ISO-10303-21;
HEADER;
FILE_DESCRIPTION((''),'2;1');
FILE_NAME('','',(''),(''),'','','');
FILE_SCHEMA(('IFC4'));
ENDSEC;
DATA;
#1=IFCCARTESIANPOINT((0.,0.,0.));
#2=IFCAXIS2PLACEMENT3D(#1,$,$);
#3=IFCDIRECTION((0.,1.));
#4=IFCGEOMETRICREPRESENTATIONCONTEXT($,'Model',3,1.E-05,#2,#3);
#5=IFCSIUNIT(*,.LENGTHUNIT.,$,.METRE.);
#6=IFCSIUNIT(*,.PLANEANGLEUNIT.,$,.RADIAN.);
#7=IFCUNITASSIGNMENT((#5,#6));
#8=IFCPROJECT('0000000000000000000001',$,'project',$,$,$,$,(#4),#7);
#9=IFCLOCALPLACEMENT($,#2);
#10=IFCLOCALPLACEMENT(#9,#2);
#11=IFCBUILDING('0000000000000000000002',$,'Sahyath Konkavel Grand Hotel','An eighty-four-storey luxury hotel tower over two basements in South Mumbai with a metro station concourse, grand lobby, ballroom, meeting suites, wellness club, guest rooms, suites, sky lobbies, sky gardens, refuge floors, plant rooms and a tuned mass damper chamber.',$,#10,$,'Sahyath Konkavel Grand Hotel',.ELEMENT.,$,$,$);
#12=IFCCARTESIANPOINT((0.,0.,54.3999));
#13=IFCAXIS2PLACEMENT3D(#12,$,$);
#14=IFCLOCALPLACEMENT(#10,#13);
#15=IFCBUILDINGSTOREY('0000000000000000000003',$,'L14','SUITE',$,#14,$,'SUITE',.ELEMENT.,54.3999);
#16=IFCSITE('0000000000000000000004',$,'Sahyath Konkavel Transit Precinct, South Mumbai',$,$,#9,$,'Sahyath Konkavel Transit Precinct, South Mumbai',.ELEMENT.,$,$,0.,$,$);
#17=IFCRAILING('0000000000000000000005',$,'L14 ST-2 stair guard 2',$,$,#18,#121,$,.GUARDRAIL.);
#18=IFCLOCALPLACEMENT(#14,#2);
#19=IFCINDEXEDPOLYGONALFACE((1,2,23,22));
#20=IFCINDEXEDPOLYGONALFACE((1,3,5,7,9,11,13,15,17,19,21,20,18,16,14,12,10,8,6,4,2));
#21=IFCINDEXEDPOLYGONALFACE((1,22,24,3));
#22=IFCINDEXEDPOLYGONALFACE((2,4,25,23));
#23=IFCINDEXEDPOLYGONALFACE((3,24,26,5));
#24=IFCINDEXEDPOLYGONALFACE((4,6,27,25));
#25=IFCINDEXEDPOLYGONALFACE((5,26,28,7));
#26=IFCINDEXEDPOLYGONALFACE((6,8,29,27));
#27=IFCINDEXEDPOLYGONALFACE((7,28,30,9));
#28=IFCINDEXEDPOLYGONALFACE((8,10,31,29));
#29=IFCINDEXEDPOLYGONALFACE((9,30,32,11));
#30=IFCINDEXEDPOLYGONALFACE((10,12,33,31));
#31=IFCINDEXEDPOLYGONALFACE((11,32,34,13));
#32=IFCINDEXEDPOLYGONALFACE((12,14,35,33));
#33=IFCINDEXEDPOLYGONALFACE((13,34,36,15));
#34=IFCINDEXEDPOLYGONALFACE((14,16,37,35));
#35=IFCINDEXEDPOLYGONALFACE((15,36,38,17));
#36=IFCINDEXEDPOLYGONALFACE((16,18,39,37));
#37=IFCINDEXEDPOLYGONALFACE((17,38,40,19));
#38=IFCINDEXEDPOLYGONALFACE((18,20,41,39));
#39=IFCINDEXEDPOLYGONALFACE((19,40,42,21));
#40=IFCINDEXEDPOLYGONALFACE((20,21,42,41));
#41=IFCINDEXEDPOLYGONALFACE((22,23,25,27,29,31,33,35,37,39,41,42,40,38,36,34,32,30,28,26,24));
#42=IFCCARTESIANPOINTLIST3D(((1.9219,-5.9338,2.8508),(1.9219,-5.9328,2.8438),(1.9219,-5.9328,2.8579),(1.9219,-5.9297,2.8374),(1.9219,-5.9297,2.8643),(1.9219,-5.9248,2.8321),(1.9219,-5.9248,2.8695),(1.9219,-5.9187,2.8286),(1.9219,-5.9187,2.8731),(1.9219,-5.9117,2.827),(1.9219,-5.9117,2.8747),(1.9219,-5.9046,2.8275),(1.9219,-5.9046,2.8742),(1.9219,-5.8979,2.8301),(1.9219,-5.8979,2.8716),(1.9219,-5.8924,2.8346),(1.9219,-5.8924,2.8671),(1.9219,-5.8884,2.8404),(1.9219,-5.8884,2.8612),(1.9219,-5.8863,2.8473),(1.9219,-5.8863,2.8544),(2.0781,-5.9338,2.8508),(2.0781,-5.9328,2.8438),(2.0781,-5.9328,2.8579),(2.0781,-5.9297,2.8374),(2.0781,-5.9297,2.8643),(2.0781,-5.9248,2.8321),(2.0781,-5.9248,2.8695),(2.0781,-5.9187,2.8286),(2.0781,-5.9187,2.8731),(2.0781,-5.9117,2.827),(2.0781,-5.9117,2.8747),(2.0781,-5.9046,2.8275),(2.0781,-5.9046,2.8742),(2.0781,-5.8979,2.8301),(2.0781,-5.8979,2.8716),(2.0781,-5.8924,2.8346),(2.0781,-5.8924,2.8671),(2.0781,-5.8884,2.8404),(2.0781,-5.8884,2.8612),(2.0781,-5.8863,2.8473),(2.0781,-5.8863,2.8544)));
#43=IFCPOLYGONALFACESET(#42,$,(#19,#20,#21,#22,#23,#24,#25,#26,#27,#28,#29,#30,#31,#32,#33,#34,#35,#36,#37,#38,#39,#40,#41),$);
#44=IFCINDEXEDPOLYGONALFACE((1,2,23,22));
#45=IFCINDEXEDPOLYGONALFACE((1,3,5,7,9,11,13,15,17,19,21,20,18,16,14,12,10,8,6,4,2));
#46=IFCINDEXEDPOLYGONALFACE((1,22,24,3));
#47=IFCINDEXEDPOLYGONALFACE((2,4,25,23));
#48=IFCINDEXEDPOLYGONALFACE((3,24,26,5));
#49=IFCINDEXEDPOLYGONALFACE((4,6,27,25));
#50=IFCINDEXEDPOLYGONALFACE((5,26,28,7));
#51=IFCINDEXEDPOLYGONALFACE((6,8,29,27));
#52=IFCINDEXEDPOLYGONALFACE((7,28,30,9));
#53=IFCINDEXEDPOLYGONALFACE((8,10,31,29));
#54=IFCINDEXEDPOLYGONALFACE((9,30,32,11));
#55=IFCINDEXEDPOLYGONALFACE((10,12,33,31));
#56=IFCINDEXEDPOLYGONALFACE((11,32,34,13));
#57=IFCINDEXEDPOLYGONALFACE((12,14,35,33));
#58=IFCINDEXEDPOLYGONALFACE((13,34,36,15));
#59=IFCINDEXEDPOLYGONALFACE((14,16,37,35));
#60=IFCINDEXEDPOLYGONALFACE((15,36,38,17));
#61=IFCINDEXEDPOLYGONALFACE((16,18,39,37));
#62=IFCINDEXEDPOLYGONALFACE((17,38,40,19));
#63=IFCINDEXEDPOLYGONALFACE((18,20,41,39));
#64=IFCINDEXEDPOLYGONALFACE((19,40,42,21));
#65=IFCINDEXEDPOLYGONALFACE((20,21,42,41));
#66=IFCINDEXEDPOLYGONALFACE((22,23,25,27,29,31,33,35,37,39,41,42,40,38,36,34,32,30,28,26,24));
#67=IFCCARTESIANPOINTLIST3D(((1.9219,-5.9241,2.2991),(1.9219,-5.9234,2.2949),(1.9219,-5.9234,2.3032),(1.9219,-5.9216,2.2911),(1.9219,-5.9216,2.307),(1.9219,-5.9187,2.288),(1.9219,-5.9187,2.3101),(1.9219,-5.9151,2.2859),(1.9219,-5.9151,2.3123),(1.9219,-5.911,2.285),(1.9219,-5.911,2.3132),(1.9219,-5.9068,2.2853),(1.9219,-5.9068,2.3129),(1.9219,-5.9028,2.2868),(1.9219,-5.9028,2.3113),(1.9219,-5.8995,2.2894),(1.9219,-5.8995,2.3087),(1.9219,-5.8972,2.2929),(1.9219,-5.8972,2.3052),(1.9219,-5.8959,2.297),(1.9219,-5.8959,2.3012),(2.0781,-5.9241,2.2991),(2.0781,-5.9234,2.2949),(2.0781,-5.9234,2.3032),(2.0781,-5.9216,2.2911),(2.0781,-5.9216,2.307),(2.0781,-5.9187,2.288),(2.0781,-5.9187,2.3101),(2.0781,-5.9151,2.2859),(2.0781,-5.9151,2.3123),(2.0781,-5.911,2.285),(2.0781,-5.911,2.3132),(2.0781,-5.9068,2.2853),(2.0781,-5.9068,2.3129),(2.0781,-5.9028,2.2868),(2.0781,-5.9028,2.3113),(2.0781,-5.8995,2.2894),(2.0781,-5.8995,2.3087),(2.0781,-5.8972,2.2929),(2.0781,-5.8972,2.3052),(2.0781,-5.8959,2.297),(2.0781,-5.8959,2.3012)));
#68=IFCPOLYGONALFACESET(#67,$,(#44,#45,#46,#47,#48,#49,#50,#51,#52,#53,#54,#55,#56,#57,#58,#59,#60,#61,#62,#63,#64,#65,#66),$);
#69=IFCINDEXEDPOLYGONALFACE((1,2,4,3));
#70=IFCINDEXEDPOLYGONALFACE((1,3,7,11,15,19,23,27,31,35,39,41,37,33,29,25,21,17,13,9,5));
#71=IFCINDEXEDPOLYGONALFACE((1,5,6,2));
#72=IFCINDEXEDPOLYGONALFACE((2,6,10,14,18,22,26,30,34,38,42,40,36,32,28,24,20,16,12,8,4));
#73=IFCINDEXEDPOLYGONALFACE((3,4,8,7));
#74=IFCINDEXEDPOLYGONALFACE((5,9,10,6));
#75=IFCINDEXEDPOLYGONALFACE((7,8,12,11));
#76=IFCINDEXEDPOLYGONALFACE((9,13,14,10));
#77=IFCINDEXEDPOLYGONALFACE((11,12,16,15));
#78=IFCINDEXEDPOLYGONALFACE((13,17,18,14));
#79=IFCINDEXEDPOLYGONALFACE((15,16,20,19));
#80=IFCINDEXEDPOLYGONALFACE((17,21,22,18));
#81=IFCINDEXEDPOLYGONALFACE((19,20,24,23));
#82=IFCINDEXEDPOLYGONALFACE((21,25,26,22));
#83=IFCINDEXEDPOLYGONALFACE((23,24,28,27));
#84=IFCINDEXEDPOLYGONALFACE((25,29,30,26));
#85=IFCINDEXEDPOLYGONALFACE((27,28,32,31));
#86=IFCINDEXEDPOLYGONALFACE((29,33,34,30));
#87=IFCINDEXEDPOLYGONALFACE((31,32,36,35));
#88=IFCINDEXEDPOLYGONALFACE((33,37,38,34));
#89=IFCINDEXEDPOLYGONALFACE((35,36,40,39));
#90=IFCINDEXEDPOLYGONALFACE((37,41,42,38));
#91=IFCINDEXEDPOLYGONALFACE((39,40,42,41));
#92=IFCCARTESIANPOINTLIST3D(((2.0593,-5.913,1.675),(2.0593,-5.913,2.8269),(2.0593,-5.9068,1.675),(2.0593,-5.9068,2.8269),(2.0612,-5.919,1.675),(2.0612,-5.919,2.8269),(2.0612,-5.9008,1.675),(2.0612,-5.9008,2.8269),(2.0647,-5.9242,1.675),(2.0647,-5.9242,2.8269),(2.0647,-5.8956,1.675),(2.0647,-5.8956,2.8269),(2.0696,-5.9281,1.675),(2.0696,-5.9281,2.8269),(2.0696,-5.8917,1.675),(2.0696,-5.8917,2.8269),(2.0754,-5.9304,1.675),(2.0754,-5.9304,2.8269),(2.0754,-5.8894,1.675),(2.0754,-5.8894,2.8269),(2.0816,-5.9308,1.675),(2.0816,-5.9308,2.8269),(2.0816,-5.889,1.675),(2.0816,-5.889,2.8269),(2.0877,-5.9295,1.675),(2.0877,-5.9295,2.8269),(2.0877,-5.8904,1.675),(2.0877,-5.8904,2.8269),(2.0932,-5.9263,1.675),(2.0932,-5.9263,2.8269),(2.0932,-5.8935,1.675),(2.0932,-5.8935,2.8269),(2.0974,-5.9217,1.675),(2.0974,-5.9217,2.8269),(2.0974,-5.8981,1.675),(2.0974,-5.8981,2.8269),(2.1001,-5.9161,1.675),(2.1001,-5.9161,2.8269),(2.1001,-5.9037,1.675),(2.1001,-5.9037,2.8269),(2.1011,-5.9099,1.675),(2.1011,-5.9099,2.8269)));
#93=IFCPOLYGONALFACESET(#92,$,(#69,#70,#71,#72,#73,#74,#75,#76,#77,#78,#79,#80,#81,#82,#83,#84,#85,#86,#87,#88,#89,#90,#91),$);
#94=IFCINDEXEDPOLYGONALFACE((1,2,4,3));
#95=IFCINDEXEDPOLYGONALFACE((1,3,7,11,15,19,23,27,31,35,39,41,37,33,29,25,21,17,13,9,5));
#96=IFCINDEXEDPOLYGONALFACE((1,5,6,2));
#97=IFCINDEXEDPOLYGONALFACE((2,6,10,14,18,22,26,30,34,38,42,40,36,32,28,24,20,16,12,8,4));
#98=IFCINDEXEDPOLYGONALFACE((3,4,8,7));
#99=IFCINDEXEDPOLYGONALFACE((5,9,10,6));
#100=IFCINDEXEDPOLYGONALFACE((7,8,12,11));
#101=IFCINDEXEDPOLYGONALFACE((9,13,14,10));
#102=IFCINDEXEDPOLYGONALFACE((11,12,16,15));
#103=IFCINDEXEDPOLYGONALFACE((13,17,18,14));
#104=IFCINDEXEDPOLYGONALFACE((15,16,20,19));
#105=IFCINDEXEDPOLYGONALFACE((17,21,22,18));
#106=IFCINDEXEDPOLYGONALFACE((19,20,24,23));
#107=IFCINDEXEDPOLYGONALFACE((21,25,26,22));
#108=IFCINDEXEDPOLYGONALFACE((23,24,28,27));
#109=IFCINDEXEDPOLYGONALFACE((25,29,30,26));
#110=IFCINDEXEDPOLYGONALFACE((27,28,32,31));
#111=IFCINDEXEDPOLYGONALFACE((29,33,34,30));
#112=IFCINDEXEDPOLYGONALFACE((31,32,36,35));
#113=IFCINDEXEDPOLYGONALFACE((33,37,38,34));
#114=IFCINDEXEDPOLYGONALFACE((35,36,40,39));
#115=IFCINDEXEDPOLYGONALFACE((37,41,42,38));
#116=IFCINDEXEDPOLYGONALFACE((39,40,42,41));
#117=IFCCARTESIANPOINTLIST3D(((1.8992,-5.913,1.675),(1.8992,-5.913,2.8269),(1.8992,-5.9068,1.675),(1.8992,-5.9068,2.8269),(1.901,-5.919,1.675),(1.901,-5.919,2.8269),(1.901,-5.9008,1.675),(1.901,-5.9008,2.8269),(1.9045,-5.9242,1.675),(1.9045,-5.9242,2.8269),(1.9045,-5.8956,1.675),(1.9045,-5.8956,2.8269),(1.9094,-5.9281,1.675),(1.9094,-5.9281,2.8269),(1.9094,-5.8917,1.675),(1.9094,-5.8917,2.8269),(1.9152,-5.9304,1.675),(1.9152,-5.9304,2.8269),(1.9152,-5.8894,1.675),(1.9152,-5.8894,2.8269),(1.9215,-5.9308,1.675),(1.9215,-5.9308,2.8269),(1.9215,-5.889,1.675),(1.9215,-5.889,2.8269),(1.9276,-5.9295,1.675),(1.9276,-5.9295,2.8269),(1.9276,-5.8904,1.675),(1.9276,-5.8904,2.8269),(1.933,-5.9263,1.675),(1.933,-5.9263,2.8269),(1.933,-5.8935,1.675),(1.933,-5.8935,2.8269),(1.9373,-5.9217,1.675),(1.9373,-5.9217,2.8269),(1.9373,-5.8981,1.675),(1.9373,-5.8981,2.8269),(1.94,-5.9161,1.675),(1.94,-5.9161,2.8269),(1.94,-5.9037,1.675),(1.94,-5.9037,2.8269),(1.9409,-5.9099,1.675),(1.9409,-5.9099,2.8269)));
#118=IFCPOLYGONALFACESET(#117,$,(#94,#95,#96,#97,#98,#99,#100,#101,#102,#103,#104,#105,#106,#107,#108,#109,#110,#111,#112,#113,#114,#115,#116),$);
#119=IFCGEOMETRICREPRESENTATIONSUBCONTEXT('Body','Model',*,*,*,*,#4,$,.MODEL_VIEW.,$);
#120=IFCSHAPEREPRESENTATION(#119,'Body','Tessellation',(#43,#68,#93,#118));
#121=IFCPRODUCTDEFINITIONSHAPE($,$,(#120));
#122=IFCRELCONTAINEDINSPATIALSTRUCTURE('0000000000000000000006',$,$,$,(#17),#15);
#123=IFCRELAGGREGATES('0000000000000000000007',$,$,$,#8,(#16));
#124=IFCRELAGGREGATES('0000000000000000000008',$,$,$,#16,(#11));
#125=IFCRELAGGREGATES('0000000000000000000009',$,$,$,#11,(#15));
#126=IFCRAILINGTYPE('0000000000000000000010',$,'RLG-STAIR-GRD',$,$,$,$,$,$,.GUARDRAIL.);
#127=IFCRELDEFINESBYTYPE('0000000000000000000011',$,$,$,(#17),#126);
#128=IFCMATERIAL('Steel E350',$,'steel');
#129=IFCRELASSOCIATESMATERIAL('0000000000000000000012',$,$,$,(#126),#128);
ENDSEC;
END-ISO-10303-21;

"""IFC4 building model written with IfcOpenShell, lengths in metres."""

from ifc_helpers import new_model, si_unit, direction, frame, origin, origin_2d, place, context, subcontext, project, spatial, circle, extrude, material, type_object, element, save


model = new_model("IFC4")

# Units and contexts
model_context = context("Model", 3, precision=1e-05, world=origin(), true_north=direction((0.0, 1.0)))
body_context = subcontext(model_context, "Body", "Model", "MODEL_VIEW")
ifc_project = project(units=[si_unit("LENGTHUNIT", "METRE"), si_unit("PLANEANGLEUNIT", "RADIAN")], contexts=[model_context])

# Site, building, storey
site_placement = place(None, origin())
site = spatial("IfcSite", under=ifc_project, at=site_placement, Name="Sahyath Konkavel Transit Precinct, South Mumbai", LongName="Sahyath Konkavel Transit Precinct, South Mumbai", CompositionType="ELEMENT", RefElevation=0.0)
building_placement = place(site_placement, origin())
building = spatial("IfcBuilding", under=site, at=building_placement, Name="Sahyath Konkavel Grand Hotel", Description="An eighty-four-storey luxury hotel tower over two basements in South Mumbai with a metro station concourse, grand lobby, ballroom, meeting suites, wellness club, guest rooms, suites, sky lobbies, sky gardens, refuge floors, plant rooms and a tuned mass damper chamber.", LongName="Sahyath Konkavel Grand Hotel", CompositionType="ELEMENT")
storey_placement = place(building_placement, frame((0.0, 0.0, 54.3999)))
storey = spatial("IfcBuildingStorey", under=building, at=storey_placement, Name="L14", Description="SUITE", LongName="SUITE", CompositionType="ELEMENT", Elevation=54.3999)

# Shared definitions
ifc_material_1 = material(Name="Steel E350", Category="steel")

# Railing
railing_type_1 = type_object("IfcRailingType", Name="RLG-STAIR-GRD", PredefinedType="GUARDRAIL", material=ifc_material_1)
railing_1_placement = place(storey_placement, frame((2.0801, -5.9099, 1.675)))
element("IfcRailing", 1, at=railing_1_placement, inside=storey, type_object=railing_type_1, Name="L14 ST-2 stair guard 2", PredefinedType="GUARDRAIL", context=body_context, shape_type="SweptSolid", body=[
    extrude(circle(Radius=0.0239, at=origin_2d()), frame((-0.002, 0.0, 1.1758), z_axis=(-1.0, 0.0, 0.0), x_axis=(0.0, -1.0, 0.0)), (0.0, 0.0, 1.0), 0.1562),
    extrude(circle(Radius=0.0142, at=origin_2d()), frame((-0.002, 0.0, 0.624), z_axis=(-1.0, 0.0, 0.0), x_axis=(0.0, -1.0, 0.0)), (0.0, 0.0, 1.0), 0.1562),
    extrude(circle(Radius=0.021, at=origin_2d()), origin(), (0.0, 0.0, 1.0), 1.1519),
    extrude(circle(Radius=0.021, at=origin_2d()), frame((-0.1602, 0.0, 0.0)), (0.0, 0.0, 1.0), 1.1519),
])

save(model, "model.ifc")
